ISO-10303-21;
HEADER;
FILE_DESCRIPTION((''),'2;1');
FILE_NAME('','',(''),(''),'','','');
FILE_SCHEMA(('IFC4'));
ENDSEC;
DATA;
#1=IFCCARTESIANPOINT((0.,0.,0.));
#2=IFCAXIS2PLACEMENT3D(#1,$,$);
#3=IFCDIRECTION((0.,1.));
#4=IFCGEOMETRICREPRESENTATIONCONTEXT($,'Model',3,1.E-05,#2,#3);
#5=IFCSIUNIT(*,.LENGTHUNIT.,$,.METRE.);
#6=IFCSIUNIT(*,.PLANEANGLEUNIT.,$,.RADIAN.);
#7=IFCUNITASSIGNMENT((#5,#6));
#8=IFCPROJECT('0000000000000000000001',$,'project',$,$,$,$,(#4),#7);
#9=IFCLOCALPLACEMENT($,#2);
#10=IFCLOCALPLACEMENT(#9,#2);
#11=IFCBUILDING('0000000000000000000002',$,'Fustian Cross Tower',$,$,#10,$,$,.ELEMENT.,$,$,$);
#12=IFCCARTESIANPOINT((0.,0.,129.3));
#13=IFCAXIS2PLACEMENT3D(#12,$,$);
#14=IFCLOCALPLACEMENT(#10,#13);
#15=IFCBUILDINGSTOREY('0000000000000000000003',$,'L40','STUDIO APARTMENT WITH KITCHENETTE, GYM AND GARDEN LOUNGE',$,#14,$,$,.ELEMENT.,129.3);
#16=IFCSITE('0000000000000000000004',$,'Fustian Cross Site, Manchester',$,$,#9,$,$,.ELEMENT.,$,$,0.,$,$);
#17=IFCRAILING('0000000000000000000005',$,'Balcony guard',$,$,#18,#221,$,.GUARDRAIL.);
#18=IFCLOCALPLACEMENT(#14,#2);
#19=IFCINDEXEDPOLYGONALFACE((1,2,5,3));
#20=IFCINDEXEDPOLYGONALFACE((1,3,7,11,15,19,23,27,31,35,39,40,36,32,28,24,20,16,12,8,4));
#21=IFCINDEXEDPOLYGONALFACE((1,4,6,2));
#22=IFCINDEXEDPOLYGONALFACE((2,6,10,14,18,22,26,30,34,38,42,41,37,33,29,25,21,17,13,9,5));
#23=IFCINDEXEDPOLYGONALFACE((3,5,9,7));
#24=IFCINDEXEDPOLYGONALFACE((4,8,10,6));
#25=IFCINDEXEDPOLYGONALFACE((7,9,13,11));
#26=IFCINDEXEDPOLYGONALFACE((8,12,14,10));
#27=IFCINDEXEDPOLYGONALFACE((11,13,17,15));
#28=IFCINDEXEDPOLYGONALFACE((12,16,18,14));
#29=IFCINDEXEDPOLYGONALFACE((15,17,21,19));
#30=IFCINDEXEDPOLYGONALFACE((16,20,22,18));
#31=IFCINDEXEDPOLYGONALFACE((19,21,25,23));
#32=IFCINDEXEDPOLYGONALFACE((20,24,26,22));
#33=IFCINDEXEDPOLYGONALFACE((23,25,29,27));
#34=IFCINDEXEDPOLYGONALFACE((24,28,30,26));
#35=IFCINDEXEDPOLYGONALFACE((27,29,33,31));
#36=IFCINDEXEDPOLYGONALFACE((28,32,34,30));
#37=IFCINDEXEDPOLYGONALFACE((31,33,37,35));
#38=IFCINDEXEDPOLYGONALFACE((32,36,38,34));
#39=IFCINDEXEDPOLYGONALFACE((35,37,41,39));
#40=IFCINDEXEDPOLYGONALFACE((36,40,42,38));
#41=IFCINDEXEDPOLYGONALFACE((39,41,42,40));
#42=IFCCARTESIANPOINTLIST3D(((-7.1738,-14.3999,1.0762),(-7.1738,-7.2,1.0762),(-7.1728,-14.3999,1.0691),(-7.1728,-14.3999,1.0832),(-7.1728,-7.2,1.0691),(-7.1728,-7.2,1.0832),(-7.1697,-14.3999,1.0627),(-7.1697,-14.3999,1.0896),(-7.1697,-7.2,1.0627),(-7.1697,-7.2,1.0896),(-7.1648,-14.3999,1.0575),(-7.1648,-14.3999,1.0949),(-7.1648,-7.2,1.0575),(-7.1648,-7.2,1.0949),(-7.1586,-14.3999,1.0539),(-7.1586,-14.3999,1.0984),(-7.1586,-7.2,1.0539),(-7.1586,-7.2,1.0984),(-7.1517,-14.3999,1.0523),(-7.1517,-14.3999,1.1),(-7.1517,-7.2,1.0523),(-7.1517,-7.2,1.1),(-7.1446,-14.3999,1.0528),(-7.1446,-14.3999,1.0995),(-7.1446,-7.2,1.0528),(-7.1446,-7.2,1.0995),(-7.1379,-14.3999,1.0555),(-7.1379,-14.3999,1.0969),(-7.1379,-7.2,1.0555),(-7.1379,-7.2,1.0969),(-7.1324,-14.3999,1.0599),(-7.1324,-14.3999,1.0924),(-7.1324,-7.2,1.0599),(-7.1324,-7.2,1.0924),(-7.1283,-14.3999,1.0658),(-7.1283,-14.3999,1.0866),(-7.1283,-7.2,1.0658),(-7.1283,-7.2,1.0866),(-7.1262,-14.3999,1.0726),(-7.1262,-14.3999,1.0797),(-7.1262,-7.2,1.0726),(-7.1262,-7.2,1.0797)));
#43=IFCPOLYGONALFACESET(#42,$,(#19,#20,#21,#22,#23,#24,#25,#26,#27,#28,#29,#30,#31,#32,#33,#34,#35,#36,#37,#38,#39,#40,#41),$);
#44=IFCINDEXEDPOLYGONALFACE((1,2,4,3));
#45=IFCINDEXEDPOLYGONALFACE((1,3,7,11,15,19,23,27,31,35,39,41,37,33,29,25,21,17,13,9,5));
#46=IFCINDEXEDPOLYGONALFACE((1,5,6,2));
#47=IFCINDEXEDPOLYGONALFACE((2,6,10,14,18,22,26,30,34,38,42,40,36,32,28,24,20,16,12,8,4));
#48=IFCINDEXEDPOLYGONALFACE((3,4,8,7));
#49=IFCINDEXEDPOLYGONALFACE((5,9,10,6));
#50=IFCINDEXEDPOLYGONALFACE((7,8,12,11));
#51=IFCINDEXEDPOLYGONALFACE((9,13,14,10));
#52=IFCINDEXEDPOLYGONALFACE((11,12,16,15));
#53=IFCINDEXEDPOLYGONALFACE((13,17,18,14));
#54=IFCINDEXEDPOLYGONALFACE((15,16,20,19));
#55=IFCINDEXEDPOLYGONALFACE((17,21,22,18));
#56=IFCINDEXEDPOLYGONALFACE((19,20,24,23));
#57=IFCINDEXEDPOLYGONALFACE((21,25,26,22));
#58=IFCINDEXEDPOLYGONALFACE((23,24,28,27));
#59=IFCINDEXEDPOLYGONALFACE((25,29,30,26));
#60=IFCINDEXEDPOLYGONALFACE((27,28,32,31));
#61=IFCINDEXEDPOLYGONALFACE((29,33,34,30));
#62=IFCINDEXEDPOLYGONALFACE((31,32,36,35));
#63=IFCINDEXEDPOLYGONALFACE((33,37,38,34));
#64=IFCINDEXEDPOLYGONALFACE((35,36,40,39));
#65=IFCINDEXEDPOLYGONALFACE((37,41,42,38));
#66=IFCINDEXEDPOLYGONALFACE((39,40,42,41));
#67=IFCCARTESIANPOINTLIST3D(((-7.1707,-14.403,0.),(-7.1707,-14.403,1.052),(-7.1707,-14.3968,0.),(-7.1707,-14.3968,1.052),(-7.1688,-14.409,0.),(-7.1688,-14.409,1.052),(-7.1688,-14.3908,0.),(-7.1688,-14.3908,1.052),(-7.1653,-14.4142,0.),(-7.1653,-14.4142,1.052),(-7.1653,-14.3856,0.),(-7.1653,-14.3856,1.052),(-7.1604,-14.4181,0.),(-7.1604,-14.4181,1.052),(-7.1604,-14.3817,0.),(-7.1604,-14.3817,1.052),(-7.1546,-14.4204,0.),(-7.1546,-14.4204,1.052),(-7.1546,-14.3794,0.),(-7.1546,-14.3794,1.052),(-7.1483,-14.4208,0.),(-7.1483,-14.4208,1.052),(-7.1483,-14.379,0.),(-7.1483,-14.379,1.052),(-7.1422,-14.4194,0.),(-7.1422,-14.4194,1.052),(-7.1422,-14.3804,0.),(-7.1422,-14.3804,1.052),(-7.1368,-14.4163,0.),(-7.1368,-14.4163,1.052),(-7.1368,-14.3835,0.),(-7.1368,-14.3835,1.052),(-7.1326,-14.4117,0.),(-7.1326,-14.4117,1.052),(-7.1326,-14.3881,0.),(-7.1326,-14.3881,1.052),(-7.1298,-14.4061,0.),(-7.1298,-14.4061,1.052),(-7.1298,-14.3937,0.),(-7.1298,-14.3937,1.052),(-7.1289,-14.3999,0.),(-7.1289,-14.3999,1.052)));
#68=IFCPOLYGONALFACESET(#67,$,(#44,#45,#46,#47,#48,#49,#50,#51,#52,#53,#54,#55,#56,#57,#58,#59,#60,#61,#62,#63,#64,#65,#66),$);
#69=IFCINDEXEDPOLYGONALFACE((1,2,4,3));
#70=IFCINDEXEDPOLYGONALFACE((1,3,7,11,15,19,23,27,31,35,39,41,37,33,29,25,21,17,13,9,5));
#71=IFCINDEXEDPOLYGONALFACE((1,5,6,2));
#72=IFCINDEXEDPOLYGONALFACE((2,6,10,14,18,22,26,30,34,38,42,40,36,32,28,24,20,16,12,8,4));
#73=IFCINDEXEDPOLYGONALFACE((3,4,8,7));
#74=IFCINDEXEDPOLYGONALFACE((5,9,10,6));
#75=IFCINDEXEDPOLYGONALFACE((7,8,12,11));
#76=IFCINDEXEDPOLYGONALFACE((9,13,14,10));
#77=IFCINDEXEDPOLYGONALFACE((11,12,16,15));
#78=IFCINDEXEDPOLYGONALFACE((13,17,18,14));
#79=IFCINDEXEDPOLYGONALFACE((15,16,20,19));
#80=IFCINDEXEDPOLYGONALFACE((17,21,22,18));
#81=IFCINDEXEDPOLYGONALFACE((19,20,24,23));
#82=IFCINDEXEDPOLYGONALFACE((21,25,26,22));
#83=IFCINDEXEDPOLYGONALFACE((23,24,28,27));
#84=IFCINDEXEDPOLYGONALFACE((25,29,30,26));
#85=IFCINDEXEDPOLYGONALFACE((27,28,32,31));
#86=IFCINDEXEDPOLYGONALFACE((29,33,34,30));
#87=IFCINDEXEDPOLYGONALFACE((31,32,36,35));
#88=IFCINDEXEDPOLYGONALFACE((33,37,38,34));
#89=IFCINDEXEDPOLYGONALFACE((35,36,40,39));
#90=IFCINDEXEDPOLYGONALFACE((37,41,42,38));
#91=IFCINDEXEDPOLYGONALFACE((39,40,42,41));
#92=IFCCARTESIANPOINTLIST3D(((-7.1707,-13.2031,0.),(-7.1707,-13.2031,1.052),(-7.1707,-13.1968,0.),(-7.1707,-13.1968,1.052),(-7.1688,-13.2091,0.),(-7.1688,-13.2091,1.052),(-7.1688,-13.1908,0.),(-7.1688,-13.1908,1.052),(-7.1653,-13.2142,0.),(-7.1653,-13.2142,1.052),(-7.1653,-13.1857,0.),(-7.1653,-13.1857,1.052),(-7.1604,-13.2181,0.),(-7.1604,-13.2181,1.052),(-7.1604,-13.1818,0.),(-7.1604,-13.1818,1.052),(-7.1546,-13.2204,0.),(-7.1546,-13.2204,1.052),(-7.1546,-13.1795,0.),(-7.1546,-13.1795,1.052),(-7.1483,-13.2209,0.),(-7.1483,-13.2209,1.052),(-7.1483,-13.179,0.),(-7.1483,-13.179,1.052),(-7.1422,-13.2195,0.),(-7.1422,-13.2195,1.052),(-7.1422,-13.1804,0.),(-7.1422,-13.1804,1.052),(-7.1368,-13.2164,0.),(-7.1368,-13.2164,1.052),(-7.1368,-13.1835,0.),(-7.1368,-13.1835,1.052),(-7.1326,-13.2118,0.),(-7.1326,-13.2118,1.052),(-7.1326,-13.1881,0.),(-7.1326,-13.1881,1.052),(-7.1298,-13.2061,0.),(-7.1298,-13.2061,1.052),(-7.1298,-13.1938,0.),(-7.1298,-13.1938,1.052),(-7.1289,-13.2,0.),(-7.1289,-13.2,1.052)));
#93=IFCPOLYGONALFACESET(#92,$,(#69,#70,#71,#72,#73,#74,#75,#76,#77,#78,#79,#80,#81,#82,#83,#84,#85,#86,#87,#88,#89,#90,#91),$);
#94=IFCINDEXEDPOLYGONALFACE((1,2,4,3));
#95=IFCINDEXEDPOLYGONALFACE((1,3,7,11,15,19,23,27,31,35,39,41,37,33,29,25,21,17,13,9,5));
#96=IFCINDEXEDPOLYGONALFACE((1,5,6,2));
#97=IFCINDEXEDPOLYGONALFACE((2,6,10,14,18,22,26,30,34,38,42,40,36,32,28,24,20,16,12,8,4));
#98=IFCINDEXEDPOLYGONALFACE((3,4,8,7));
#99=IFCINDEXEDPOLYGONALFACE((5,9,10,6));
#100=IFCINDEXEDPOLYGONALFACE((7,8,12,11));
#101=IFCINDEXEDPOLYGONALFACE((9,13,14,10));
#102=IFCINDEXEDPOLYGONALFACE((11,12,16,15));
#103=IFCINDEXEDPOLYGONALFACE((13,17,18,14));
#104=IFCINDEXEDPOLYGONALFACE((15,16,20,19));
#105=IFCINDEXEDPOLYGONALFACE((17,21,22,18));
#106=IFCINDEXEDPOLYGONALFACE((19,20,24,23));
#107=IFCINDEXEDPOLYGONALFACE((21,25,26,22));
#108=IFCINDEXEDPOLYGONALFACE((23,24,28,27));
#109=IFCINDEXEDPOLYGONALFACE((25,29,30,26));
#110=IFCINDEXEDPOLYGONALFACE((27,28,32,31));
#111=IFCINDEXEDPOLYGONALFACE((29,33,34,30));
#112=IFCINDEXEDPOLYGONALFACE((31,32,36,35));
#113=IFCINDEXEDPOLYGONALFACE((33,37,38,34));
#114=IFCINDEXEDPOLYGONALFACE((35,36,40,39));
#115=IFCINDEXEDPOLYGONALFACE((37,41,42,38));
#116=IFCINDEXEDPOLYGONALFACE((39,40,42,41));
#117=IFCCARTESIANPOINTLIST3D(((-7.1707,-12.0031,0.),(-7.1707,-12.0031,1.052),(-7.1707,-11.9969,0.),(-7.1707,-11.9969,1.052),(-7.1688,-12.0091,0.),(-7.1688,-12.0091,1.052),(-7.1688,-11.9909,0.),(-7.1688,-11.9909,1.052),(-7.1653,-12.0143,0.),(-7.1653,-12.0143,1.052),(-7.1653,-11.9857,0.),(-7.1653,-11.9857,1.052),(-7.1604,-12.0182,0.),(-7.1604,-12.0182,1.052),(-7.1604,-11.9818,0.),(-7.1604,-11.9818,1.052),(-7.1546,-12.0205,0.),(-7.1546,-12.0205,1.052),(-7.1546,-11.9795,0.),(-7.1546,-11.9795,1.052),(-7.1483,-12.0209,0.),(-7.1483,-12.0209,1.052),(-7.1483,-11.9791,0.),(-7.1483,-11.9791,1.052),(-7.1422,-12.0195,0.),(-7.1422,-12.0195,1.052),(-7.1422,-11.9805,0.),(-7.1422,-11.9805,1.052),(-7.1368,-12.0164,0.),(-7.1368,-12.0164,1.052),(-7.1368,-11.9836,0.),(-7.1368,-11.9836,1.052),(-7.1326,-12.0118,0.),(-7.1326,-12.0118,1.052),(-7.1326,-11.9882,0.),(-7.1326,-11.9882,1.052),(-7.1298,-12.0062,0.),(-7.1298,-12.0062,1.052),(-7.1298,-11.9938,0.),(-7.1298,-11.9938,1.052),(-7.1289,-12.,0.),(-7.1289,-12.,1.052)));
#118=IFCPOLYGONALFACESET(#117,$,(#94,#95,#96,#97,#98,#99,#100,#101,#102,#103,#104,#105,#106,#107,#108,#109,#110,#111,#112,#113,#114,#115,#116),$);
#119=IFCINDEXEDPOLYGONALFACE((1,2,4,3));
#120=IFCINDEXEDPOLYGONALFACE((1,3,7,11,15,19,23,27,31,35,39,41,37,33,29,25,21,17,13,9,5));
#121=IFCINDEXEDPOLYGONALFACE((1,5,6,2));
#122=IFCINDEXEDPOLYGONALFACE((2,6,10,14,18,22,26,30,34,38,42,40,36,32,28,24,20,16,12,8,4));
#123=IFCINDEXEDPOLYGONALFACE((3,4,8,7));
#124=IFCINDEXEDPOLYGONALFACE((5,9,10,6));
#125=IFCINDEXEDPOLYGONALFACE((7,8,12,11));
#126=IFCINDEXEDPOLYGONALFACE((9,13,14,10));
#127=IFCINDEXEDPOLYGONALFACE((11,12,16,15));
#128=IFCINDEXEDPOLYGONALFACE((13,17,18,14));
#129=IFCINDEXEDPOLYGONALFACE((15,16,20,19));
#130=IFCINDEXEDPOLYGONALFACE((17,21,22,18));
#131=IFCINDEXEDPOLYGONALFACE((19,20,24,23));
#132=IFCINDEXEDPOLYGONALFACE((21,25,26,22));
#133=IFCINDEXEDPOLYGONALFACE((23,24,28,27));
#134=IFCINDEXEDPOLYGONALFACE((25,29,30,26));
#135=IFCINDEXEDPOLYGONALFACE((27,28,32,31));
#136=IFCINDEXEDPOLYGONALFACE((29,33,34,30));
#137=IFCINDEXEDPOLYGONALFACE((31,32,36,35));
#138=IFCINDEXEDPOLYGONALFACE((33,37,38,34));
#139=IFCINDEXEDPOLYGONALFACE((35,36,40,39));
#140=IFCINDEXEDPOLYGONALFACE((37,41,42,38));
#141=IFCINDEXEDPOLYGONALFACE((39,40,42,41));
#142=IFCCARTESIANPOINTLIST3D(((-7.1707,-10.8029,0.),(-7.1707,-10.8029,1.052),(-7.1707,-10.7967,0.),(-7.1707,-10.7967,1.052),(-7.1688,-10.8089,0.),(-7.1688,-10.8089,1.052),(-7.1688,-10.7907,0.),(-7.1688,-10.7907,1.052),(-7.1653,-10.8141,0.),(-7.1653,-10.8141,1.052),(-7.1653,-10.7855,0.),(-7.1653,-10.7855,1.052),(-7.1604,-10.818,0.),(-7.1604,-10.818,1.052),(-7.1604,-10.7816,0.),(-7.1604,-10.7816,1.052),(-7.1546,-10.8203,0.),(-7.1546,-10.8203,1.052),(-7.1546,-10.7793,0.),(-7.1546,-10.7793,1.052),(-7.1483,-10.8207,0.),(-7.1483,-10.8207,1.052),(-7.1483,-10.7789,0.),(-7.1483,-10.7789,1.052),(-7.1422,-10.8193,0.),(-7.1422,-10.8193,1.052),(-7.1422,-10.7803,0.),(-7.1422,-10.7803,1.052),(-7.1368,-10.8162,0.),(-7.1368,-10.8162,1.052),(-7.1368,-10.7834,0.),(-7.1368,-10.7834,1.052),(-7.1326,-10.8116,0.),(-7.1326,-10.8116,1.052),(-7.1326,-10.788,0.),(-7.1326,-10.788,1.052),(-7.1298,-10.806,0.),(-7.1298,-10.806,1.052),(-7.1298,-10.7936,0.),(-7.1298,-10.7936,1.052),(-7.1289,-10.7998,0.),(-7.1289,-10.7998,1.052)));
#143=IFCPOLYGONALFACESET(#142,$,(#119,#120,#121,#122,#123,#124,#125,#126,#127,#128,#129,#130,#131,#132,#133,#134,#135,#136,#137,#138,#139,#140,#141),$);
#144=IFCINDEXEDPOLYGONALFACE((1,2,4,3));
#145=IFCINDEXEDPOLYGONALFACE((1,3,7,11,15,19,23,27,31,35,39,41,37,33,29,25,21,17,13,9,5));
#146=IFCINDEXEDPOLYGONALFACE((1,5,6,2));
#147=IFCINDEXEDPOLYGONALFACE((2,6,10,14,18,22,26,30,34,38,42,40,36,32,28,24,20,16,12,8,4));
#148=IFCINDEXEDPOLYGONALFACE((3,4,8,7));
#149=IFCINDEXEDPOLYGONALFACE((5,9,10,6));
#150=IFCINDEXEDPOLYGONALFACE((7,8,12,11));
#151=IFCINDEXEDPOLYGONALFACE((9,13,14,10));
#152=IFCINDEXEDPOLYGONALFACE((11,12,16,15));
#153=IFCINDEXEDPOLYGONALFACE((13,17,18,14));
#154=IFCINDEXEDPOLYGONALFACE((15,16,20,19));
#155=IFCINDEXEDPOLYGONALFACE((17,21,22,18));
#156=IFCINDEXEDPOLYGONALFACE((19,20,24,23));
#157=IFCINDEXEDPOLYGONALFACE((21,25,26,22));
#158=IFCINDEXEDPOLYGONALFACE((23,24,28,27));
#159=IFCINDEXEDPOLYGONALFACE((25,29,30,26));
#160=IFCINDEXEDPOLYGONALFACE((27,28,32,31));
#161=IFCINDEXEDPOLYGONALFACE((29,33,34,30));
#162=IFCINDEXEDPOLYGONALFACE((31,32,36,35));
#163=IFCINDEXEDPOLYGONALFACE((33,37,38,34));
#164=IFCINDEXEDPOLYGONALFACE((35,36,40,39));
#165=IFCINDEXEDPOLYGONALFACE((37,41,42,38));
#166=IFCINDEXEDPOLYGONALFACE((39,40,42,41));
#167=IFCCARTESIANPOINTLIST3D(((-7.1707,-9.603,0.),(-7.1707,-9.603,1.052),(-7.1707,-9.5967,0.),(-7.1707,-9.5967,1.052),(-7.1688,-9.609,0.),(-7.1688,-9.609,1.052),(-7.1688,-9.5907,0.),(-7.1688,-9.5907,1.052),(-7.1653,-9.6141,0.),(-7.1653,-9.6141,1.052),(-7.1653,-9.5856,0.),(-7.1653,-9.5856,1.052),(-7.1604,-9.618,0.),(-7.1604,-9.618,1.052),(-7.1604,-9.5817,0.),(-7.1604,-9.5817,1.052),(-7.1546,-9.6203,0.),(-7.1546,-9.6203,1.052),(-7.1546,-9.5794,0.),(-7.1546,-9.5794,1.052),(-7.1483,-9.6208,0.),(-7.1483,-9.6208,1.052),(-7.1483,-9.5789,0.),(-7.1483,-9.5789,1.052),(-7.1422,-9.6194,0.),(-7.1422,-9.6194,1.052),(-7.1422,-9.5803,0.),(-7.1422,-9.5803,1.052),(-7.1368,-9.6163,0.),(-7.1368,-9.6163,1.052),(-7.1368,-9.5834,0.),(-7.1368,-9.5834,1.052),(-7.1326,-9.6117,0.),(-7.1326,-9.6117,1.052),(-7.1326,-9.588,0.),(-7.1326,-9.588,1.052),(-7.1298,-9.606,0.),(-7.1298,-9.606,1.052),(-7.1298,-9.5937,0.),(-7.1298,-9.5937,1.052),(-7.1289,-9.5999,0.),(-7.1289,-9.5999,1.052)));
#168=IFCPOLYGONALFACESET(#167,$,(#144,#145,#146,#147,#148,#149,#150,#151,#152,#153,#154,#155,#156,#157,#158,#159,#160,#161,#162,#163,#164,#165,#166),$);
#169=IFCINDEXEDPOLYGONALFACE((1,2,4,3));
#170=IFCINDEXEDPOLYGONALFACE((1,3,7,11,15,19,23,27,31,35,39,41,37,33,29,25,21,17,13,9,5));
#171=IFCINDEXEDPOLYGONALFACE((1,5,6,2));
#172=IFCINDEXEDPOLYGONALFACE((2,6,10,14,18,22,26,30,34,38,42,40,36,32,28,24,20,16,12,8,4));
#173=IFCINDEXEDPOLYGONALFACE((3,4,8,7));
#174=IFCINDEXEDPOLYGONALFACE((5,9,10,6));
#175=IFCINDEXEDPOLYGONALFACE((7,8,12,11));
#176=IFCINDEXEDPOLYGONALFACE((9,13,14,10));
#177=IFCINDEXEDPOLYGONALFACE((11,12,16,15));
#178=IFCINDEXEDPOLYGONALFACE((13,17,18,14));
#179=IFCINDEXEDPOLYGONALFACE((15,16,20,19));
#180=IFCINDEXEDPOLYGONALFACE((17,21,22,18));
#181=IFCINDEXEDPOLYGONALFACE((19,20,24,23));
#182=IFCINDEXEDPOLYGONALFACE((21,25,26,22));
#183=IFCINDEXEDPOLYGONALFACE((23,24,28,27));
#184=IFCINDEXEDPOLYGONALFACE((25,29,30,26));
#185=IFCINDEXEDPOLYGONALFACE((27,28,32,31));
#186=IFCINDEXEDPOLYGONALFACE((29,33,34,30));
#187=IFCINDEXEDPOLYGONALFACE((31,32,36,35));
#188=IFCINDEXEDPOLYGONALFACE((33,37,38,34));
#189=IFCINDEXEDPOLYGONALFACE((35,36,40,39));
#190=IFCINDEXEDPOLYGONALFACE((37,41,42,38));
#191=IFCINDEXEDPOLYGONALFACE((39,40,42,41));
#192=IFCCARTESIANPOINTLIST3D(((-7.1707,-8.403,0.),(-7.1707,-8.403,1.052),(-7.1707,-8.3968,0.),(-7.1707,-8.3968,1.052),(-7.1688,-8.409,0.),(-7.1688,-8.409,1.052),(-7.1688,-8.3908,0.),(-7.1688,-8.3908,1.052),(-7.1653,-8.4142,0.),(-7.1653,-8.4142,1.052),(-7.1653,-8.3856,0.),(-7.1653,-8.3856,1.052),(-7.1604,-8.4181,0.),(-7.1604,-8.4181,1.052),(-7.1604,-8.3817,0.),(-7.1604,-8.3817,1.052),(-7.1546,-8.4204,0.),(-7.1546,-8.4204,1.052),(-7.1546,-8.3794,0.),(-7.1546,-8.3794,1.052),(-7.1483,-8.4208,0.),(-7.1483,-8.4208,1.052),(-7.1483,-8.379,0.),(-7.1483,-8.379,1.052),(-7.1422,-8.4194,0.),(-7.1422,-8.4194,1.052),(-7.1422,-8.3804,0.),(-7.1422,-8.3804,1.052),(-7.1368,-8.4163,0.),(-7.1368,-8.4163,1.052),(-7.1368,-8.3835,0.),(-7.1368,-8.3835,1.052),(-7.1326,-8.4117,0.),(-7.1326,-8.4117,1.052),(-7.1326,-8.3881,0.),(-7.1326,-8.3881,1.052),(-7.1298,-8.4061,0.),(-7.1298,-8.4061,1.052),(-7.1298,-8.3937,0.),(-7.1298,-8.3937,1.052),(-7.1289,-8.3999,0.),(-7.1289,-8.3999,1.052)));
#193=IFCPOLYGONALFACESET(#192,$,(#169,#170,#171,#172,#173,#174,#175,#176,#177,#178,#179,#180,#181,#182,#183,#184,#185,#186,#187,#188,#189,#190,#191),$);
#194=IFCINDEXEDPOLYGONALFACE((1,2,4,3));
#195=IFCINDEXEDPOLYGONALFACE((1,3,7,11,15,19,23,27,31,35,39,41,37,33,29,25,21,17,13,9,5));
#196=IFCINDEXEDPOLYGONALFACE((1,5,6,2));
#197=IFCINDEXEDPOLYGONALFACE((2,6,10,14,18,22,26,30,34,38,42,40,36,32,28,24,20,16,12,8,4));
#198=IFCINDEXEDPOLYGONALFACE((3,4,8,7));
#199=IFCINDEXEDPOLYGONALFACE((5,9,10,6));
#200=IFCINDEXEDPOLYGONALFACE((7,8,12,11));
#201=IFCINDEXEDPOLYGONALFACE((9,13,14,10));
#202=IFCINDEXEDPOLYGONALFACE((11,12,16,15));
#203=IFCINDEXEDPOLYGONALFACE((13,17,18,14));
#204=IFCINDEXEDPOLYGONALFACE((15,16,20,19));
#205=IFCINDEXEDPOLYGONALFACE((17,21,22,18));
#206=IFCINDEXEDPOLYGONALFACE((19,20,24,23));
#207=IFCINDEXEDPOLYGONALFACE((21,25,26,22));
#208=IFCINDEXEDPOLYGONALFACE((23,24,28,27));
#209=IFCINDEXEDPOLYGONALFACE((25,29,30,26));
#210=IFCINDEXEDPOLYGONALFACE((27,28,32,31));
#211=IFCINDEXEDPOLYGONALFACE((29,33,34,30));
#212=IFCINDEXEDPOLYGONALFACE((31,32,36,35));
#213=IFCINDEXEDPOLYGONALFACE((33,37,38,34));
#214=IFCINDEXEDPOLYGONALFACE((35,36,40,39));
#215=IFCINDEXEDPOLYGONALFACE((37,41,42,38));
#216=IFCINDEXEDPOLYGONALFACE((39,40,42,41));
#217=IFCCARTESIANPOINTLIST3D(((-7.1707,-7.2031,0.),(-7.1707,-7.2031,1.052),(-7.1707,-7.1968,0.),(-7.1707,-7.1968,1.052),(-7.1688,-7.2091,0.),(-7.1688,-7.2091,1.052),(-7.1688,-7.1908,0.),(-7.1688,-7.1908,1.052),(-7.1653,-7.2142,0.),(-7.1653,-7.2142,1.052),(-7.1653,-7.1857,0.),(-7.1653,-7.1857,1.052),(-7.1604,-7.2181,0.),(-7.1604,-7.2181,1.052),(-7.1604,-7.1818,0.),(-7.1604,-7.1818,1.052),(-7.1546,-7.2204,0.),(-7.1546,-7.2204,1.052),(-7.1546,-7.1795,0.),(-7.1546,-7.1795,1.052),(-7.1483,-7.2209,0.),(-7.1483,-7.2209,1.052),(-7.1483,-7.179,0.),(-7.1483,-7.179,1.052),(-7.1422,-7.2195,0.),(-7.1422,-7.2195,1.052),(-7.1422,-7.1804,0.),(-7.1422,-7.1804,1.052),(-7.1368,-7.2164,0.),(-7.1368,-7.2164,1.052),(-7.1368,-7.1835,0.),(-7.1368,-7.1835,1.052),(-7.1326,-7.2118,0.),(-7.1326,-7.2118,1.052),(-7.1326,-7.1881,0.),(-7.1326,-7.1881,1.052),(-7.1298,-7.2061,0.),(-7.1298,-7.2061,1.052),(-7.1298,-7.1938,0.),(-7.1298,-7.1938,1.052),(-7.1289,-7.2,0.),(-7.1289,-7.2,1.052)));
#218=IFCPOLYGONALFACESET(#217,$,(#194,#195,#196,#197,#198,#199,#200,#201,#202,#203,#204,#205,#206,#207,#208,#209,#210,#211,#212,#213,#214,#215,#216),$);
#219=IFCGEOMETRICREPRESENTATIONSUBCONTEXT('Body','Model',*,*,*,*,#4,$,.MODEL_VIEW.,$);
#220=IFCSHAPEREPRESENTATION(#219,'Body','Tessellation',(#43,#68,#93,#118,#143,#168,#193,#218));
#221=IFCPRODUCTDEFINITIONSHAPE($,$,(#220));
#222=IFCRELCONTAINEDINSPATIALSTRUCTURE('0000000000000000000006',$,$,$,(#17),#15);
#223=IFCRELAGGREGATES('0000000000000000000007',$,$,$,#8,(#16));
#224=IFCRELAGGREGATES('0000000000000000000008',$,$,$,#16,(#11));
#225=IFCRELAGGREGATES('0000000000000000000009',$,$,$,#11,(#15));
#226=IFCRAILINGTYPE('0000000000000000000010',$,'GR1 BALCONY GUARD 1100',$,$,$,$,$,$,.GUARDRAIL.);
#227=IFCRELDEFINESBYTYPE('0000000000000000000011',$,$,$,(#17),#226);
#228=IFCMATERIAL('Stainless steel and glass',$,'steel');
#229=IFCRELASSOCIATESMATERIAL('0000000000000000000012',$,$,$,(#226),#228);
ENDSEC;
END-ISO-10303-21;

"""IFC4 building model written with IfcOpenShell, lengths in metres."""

from ifc_helpers import new_model, si_unit, direction, frame, origin, origin_2d, place, context, subcontext, project, spatial, circle, extrude, material, type_object, element, save


model = new_model("IFC4")

# Units and contexts
model_context = context("Model", 3, precision=1e-05, world=origin(), true_north=direction((0.0, 1.0)))
body_context = subcontext(model_context, "Body", "Model", "MODEL_VIEW")
ifc_project = project(units=[si_unit("LENGTHUNIT", "METRE"), si_unit("PLANEANGLEUNIT", "RADIAN")], contexts=[model_context])

# Site, building, storey
site_placement = place(None, origin())
site = spatial("IfcSite", under=ifc_project, at=site_placement, Name="Fustian Cross Site, Manchester", CompositionType="ELEMENT", RefElevation=0.0)
building_placement = place(site_placement, origin())
building = spatial("IfcBuilding", under=site, at=building_placement, Name="Fustian Cross Tower", CompositionType="ELEMENT")
storey_placement = place(building_placement, frame((0.0, 0.0, 129.3)))
storey = spatial("IfcBuildingStorey", under=building, at=storey_placement, Name="L40", Description="STUDIO APARTMENT WITH KITCHENETTE, GYM AND GARDEN LOUNGE", CompositionType="ELEMENT", Elevation=129.3)

# Railing
ifc_material_1 = material(Name="Stainless steel and glass", Category="steel")
railing_type = type_object("IfcRailingType", Name="GR1 BALCONY GUARD 1100", PredefinedType="GUARDRAIL", material=ifc_material_1)
railing_placement = place(storey_placement, frame((-7.1499, -14.3999, 0.0)))
element("IfcRailing", 1, at=railing_placement, inside=storey, type_object=railing_type, Name="Balcony guard", PredefinedType="GUARDRAIL", context=body_context, shape_type="SweptSolid", body=[
    extrude(circle(Radius=0.0239, at=origin_2d()), frame((0.0, 0.0, 1.0762), z_axis=(0.0, 1.0, 0.0), x_axis=(-1.0, 0.0, 0.0)), (0.0, 0.0, 1.0), 7.2),
    extrude(circle(Radius=0.021, at=origin_2d()), origin(), (0.0, 0.0, 1.0), 1.052),
    extrude(circle(Radius=0.021, at=origin_2d()), frame((0.0, 1.2, 0.0)), (0.0, 0.0, 1.0), 1.052),
    extrude(circle(Radius=0.021, at=origin_2d()), frame((0.0, 2.3999, 0.0)), (0.0, 0.0, 1.0), 1.052),
    extrude(circle(Radius=0.021, at=origin_2d()), frame((0.0, 3.6001, 0.0)), (0.0, 0.0, 1.0), 1.052),
    extrude(circle(Radius=0.021, at=origin_2d()), frame((0.0, 4.8, 0.0)), (0.0, 0.0, 1.0), 1.052),
    extrude(circle(Radius=0.021, at=origin_2d()), frame((0.0, 6.0, 0.0)), (0.0, 0.0, 1.0), 1.052),
    extrude(circle(Radius=0.021, at=origin_2d()), frame((0.0, 7.2, 0.0)), (0.0, 0.0, 1.0), 1.052),
])

save(model, "model.ifc")
